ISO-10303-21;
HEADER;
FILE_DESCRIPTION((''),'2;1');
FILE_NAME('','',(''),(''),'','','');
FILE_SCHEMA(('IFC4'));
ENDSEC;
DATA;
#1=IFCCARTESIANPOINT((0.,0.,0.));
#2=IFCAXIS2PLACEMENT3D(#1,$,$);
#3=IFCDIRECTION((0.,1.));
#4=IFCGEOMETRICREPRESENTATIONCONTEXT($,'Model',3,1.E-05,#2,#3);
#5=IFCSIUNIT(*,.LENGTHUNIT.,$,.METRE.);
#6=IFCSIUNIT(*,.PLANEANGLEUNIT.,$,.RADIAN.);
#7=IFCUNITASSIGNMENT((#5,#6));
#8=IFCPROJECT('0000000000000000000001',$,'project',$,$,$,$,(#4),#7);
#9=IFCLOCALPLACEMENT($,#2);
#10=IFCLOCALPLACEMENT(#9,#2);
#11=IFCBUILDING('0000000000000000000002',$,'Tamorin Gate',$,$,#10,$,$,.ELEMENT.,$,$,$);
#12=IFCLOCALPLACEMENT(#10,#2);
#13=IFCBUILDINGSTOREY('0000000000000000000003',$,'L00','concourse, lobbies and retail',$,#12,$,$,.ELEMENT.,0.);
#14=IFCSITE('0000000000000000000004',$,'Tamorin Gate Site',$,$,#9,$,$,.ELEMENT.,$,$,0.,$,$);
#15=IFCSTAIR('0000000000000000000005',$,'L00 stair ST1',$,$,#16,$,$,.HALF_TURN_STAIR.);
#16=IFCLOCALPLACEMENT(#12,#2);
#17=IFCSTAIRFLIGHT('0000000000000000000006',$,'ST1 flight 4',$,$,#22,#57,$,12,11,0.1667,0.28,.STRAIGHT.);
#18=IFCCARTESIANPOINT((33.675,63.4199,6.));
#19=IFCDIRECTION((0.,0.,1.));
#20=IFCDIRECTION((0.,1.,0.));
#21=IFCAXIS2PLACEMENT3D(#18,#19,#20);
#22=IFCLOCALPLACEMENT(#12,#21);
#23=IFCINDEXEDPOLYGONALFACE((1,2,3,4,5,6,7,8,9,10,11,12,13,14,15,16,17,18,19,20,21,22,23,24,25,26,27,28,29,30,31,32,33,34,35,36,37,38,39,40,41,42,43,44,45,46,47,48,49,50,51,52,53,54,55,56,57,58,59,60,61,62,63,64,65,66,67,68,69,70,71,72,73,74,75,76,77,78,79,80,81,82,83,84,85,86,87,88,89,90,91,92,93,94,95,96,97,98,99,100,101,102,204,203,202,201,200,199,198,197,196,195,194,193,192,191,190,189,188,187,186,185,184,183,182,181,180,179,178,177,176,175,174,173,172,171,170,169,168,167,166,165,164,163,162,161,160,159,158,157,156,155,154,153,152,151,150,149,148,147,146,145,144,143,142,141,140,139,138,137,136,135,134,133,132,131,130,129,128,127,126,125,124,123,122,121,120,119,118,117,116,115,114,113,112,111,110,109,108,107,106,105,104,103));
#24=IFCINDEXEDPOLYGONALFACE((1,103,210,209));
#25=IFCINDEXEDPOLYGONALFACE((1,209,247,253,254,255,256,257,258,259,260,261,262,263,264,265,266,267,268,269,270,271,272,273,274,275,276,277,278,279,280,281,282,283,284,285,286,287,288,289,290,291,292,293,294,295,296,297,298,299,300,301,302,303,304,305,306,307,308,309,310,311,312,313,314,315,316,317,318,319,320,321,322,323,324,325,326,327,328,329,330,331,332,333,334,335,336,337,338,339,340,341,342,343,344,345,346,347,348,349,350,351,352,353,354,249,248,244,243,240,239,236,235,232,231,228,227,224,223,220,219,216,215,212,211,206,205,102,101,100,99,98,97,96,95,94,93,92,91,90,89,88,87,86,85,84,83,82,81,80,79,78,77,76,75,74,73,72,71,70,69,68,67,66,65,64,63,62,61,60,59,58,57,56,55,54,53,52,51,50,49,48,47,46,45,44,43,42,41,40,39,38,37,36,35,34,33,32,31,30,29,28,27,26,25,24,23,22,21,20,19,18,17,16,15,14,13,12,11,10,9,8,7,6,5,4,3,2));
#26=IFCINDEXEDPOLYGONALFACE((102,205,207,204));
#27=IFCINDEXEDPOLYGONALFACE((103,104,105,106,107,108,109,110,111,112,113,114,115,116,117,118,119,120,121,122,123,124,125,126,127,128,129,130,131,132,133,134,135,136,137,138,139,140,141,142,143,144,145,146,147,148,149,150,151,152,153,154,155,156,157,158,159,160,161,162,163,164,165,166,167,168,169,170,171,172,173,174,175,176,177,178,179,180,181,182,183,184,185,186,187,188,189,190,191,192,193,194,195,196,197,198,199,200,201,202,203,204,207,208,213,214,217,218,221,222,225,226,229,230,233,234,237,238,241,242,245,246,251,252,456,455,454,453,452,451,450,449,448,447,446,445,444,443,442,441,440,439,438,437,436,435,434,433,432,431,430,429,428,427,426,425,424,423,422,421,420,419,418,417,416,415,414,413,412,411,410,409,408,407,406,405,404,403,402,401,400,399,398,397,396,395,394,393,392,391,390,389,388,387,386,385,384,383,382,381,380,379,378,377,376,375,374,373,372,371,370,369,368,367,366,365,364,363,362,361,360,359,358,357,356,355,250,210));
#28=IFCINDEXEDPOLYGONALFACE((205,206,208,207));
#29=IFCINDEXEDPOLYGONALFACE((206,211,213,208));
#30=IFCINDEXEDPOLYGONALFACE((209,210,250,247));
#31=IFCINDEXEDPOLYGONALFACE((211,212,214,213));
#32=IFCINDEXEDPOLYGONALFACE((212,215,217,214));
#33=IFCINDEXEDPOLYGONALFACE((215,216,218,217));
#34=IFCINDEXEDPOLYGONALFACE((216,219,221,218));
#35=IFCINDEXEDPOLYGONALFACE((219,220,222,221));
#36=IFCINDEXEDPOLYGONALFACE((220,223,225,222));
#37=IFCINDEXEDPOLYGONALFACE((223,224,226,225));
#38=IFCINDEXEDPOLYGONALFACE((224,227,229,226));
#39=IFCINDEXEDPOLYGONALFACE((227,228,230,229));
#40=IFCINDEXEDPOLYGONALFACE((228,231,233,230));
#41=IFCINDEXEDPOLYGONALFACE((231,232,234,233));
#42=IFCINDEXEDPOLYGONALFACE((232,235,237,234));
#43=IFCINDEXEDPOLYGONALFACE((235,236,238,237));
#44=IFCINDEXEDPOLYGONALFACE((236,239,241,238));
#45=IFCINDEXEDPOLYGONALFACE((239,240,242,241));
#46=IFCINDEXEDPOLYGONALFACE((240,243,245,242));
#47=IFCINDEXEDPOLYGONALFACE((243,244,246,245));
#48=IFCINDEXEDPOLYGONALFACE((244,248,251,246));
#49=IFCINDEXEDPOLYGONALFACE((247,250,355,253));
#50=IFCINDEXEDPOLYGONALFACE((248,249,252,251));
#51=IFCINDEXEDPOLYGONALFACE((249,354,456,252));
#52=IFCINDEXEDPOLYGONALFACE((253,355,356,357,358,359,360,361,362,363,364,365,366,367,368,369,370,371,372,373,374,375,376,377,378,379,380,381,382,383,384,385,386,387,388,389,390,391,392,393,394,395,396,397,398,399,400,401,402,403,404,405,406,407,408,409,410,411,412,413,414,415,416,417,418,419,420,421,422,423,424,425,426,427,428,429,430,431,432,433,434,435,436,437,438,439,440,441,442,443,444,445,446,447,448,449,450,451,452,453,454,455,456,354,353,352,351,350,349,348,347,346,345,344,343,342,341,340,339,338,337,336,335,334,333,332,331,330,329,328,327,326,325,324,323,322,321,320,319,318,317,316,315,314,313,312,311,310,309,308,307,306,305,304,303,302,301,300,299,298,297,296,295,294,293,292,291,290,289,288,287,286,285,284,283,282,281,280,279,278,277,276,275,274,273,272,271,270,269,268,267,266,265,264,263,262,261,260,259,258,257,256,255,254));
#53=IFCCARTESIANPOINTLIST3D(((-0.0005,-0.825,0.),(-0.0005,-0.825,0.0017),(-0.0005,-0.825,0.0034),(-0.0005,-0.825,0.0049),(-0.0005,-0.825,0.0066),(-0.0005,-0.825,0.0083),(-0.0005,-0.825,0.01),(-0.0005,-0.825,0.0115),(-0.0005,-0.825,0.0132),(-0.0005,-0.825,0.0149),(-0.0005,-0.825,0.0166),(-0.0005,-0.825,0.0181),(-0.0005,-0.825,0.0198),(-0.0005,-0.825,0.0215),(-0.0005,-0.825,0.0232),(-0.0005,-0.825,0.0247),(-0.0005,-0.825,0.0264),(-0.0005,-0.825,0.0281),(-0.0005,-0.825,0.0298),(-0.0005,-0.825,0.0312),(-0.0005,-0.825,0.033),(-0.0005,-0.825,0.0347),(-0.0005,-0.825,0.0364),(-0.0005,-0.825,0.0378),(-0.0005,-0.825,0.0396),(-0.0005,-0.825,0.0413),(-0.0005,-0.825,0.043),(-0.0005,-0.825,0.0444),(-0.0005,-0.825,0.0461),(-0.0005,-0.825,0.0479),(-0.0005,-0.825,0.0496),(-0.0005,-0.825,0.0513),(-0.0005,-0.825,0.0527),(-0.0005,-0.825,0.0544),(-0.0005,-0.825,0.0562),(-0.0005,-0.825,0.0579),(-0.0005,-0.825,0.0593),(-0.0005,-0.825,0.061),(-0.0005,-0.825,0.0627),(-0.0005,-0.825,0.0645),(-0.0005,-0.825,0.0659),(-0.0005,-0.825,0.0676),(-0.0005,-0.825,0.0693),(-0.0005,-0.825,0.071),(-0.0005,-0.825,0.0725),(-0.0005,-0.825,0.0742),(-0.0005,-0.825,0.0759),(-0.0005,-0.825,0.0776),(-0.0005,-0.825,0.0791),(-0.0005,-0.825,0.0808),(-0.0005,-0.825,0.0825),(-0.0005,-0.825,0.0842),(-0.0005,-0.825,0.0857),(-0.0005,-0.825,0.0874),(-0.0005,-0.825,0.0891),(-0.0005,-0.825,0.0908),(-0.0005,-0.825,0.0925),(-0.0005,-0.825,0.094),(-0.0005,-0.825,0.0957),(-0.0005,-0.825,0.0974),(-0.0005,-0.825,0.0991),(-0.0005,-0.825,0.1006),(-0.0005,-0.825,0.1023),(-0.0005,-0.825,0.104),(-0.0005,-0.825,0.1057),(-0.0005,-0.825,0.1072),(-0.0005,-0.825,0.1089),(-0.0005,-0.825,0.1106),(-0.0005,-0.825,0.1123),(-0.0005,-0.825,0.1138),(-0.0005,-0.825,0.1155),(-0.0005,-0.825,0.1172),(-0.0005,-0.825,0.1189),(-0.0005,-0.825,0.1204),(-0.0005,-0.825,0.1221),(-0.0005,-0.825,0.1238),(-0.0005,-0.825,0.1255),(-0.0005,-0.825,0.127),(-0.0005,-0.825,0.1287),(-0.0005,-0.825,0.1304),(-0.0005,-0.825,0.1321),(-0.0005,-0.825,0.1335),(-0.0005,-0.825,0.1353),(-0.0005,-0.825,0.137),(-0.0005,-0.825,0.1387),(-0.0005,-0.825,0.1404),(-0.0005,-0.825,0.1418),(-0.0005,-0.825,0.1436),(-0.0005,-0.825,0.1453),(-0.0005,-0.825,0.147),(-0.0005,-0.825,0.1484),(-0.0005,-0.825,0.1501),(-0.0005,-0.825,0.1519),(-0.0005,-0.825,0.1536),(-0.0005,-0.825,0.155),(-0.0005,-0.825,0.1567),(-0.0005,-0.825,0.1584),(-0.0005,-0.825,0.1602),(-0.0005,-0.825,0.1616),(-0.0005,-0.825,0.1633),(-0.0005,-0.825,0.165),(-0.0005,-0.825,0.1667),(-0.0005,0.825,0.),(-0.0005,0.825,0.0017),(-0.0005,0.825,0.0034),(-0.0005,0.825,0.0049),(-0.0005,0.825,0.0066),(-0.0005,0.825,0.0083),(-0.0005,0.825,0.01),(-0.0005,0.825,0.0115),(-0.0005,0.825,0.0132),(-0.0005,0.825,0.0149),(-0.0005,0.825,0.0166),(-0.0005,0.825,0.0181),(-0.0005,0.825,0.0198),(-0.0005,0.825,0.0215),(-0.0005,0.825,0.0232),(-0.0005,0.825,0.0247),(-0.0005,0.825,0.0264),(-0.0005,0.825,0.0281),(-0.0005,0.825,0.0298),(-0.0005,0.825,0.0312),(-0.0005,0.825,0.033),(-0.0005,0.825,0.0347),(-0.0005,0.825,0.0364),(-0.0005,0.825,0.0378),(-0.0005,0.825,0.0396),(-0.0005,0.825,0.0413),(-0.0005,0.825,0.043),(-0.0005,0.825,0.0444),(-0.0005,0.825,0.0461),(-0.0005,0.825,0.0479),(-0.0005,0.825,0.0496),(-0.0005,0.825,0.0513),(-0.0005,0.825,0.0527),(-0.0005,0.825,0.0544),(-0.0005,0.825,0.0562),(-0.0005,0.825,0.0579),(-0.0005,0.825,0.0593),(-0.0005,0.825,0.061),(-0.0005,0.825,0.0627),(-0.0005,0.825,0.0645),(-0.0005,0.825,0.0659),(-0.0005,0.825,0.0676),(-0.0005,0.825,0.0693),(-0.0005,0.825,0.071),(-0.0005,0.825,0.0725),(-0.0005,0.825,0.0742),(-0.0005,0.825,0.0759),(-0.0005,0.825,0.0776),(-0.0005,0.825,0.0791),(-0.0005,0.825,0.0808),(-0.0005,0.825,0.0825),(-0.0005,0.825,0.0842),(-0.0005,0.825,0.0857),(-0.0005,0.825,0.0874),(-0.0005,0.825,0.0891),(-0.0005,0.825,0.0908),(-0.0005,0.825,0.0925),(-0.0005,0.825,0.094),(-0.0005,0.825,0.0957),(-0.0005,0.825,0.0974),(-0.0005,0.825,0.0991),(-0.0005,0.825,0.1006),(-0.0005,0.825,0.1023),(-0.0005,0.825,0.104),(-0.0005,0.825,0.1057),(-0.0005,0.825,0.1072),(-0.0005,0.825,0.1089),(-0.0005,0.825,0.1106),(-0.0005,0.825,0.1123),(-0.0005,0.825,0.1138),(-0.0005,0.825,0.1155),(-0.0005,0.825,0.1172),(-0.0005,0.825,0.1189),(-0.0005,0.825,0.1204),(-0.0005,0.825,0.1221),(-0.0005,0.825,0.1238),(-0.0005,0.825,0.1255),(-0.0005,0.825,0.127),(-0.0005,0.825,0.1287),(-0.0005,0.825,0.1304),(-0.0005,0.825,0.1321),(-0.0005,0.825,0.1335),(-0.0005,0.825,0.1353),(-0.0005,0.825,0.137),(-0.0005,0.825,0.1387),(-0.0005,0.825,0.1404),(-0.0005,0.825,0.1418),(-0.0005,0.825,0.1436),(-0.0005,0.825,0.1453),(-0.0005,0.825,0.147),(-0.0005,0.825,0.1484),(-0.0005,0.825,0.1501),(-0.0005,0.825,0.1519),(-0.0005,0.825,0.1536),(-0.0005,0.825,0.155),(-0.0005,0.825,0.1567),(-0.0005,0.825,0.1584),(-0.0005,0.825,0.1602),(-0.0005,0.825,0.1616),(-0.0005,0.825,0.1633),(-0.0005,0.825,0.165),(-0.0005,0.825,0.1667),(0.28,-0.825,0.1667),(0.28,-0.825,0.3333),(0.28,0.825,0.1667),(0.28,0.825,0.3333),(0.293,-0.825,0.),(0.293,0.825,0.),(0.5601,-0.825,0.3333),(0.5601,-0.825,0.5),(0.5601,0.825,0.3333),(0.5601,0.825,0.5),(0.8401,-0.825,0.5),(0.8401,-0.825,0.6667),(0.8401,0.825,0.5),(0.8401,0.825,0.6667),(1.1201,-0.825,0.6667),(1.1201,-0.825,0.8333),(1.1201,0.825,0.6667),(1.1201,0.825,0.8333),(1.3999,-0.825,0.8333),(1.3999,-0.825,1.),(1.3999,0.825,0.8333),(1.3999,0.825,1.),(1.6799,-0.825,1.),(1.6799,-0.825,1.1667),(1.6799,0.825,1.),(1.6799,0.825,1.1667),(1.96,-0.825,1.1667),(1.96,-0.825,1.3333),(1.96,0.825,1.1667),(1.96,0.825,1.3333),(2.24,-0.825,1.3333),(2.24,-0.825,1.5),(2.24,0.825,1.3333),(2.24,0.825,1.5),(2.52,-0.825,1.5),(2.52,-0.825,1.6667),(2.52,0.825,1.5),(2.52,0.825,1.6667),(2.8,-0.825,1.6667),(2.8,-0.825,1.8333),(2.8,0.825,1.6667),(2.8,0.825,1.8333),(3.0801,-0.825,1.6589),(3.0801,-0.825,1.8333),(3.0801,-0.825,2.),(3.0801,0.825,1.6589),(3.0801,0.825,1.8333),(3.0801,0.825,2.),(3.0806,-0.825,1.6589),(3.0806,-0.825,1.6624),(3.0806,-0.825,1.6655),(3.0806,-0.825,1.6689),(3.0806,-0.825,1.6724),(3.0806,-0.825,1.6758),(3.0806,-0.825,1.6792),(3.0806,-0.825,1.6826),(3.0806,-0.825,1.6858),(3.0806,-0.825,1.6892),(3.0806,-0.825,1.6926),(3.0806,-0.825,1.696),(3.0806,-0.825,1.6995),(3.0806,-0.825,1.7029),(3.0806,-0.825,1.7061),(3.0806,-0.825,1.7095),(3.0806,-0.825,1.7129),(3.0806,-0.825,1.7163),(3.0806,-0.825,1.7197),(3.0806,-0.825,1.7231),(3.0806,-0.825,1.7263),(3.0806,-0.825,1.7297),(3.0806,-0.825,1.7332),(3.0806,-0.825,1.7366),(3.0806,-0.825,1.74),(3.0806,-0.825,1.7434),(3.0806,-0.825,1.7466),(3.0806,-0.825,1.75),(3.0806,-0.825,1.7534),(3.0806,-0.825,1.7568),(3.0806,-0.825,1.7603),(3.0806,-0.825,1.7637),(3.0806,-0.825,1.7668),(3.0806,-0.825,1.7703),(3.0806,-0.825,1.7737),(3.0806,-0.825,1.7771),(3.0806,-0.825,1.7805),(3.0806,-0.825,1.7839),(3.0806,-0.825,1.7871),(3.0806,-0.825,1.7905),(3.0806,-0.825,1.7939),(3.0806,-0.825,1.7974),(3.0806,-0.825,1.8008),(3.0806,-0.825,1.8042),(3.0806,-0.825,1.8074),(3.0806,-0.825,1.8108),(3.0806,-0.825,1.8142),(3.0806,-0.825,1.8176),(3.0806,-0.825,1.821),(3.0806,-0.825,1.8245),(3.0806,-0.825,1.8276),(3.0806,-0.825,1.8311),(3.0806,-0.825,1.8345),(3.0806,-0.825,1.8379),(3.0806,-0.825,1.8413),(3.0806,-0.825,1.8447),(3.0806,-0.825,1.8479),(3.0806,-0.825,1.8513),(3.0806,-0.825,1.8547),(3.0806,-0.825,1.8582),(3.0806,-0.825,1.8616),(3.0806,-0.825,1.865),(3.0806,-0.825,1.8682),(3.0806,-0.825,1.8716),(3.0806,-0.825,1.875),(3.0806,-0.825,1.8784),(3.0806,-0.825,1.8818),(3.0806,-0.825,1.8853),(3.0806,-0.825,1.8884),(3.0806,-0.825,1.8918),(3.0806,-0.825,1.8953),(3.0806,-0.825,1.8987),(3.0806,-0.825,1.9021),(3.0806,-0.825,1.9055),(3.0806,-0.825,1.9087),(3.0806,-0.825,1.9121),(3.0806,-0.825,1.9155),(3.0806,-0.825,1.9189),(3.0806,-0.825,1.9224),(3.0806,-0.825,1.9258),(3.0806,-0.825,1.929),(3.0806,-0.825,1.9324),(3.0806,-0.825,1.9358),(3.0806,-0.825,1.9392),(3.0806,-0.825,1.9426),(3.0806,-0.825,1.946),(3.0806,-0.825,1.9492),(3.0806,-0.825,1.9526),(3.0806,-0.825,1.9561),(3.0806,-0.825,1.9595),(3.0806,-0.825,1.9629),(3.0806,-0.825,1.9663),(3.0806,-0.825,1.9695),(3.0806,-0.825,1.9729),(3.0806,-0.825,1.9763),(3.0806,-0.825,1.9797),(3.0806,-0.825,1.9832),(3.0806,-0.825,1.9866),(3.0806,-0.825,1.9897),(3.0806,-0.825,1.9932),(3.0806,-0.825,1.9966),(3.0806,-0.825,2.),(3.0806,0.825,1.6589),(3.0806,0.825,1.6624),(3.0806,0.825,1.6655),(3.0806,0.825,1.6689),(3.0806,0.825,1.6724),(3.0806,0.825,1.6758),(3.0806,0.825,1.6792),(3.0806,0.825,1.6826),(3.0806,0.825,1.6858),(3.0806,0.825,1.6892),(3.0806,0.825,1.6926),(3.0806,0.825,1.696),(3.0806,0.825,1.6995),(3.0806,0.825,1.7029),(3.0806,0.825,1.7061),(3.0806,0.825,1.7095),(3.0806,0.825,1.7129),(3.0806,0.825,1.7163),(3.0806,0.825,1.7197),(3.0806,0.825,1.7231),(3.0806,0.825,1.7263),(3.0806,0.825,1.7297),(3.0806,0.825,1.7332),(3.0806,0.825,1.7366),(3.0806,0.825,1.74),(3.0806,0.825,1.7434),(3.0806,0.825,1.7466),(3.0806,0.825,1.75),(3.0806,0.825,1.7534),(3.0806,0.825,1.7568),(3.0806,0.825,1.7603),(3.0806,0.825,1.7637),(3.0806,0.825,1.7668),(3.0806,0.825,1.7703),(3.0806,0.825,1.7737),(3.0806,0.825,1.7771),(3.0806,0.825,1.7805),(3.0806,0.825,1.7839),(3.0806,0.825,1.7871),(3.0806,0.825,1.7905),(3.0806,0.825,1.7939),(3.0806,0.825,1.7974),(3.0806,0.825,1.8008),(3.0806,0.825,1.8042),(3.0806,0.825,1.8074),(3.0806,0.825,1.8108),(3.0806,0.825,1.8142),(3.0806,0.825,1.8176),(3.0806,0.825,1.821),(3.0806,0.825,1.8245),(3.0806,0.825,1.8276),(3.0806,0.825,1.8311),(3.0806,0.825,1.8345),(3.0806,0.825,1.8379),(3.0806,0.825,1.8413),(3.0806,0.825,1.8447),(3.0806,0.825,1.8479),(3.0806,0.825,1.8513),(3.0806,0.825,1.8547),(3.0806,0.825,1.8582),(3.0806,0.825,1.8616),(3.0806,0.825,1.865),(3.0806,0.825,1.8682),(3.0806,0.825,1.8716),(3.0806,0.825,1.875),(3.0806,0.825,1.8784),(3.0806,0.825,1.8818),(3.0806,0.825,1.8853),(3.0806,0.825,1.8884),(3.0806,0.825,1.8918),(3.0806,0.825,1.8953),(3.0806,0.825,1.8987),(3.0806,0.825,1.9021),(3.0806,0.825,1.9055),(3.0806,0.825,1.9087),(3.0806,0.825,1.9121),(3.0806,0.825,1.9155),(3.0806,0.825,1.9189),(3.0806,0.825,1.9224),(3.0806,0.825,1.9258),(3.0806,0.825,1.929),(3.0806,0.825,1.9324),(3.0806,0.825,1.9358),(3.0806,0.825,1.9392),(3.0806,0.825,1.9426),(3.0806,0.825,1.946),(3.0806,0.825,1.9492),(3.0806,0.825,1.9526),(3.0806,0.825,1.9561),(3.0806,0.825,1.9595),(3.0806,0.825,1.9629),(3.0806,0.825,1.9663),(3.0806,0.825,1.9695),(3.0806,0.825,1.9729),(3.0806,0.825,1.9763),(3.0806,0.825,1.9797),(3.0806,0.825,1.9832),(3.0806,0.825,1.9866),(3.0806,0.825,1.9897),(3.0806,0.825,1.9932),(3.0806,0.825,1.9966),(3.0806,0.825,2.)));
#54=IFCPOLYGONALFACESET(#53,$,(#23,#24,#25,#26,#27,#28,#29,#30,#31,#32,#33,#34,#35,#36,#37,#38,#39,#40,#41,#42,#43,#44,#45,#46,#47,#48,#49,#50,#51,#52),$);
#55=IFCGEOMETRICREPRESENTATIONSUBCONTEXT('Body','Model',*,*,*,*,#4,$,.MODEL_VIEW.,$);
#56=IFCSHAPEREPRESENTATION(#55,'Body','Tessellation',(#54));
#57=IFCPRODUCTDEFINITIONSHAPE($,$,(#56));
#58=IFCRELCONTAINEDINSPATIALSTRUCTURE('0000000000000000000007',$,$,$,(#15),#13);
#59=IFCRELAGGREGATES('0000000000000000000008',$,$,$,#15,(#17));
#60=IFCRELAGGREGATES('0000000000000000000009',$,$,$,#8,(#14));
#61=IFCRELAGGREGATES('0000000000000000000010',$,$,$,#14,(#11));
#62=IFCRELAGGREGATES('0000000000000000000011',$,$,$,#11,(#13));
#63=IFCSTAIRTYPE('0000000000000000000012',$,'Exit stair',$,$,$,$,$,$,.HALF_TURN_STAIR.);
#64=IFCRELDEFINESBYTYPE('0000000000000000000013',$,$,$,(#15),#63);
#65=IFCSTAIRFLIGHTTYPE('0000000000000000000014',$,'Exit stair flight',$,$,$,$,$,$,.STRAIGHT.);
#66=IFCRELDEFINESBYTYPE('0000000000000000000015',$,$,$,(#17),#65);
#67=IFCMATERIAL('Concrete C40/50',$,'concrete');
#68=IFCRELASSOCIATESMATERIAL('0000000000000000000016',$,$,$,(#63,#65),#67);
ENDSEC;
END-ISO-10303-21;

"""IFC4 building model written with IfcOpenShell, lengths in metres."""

from ifc_helpers import new_model, si_unit, direction, frame, origin, place, context, subcontext, project, spatial, polyline, outline, extrude, material, type_object, element, aggregate, save


model = new_model("IFC4")

# Units and contexts
model_context = context("Model", 3, precision=1e-05, world=origin(), true_north=direction((0.0, 1.0)))
body_context = subcontext(model_context, "Body", "Model", "MODEL_VIEW")
ifc_project = project(units=[si_unit("LENGTHUNIT", "METRE"), si_unit("PLANEANGLEUNIT", "RADIAN")], contexts=[model_context])

# Site, building, storey
site_placement = place(None, origin())
site = spatial("IfcSite", under=ifc_project, at=site_placement, Name="Tamorin Gate Site", CompositionType="ELEMENT", RefElevation=0.0)
building_placement = place(site_placement, origin())
building = spatial("IfcBuilding", under=site, at=building_placement, Name="Tamorin Gate", CompositionType="ELEMENT")
storey_placement = place(building_placement, origin())
storey = spatial("IfcBuildingStorey", under=building, at=storey_placement, Name="L00", Description="concourse, lobbies and retail", CompositionType="ELEMENT", Elevation=0.0)

# Stair, stair flight
ifc_material_1 = material(Name="Concrete C40/50", Category="concrete")
stair_type = type_object("IfcStairType", Name="Exit stair", PredefinedType="HALF_TURN_STAIR", material=ifc_material_1)
stair_placement = place(storey_placement, origin())
stair = element("IfcStair", 1, at=stair_placement, inside=storey, type_object=stair_type, Name="L00 stair ST1", PredefinedType="HALF_TURN_STAIR")
stair_flight_type = type_object("IfcStairFlightType", Name="Exit stair flight", PredefinedType="STRAIGHT", material=ifc_material_1)
stair_flight_placement = place(storey_placement, frame((33.675, 63.4199, 6.0), z_axis=(0.0, 0.0, 1.0), x_axis=(0.0, 1.0, 0.0)))
stair_flight = element("IfcStairFlight", 2, at=stair_flight_placement, type_object=stair_flight_type, Name="ST1 flight 4", NumberOfRisers=12, NumberOfTreads=11, PredefinedType="STRAIGHT", RiserHeight=0.1667, TreadLength=0.28, context=body_context, shape_type="SweptSolid", body=[
    extrude(outline(polyline([(-0.0005, 0.0), (-0.0005, 0.0017), (-0.0005, 0.0034), (-0.0005, 0.0049), (-0.0005, 0.0066), (-0.0005, 0.0083), (-0.0005, 0.01), (-0.0005, 0.0115), (-0.0005, 0.0132), (-0.0005, 0.0149), (-0.0005, 0.0166), (-0.0005, 0.0181), (-0.0005, 0.0198), (-0.0005, 0.0215), (-0.0005, 0.0232), (-0.0005, 0.0247), (-0.0005, 0.0264), (-0.0005, 0.0281), (-0.0005, 0.0298), (-0.0005, 0.0312), (-0.0005, 0.033), (-0.0005, 0.0347), (-0.0005, 0.0364), (-0.0005, 0.0378), (-0.0005, 0.0396), (-0.0005, 0.0413), (-0.0005, 0.043), (-0.0005, 0.0444), (-0.0005, 0.0461), (-0.0005, 0.0479), (-0.0005, 0.0496), (-0.0005, 0.0513), (-0.0005, 0.0527), (-0.0005, 0.0544), (-0.0005, 0.0562), (-0.0005, 0.0579), (-0.0005, 0.0593), (-0.0005, 0.061), (-0.0005, 0.0627), (-0.0005, 0.0645), (-0.0005, 0.0659), (-0.0005, 0.0676), (-0.0005, 0.0693), (-0.0005, 0.071), (-0.0005, 0.0725), (-0.0005, 0.0742), (-0.0005, 0.0759), (-0.0005, 0.0776), (-0.0005, 0.0791), (-0.0005, 0.0808), (-0.0005, 0.0825), (-0.0005, 0.0842), (-0.0005, 0.0857), (-0.0005, 0.0874), (-0.0005, 0.0891), (-0.0005, 0.0908), (-0.0005, 0.0925), (-0.0005, 0.094), (-0.0005, 0.0957), (-0.0005, 0.0974), (-0.0005, 0.0991), (-0.0005, 0.1006), (-0.0005, 0.1023), (-0.0005, 0.104), (-0.0005, 0.1057), (-0.0005, 0.1072), (-0.0005, 0.1089), (-0.0005, 0.1106), (-0.0005, 0.1123), (-0.0005, 0.1138), (-0.0005, 0.1155), (-0.0005, 0.1172), (-0.0005, 0.1189), (-0.0005, 0.1204), (-0.0005, 0.1221), (-0.0005, 0.1238), (-0.0005, 0.1255), (-0.0005, 0.127), (-0.0005, 0.1287), (-0.0005, 0.1304), (-0.0005, 0.1321), (-0.0005, 0.1335), (-0.0005, 0.1353), (-0.0005, 0.137), (-0.0005, 0.1387), (-0.0005, 0.1404), (-0.0005, 0.1418), (-0.0005, 0.1436), (-0.0005, 0.1453), (-0.0005, 0.147), (-0.0005, 0.1484), (-0.0005, 0.1501), (-0.0005, 0.1519), (-0.0005, 0.1536), (-0.0005, 0.155), (-0.0005, 0.1567), (-0.0005, 0.1584), (-0.0005, 0.1602), (-0.0005, 0.1616), (-0.0005, 0.1633), (-0.0005, 0.165), (-0.0005, 0.1667), (0.28, 0.1667), (0.28, 0.3333), (0.5601, 0.3333), (0.5601, 0.5), (0.8401, 0.5), (0.8401, 0.6667), (1.1201, 0.6667), (1.1201, 0.8333), (1.3999, 0.8333), (1.3999, 1.0), (1.6799, 1.0), (1.6799, 1.1667), (1.96, 1.1667), (1.96, 1.3333), (2.24, 1.3333), (2.24, 1.5), (2.52, 1.5), (2.52, 1.6667), (2.8, 1.6667), (2.8, 1.8333), (3.0801, 1.8333), (3.0801, 2.0), (3.0806, 2.0), (3.0806, 1.9966), (3.0806, 1.9932), (3.0806, 1.9897), (3.0806, 1.9866), (3.0806, 1.9832), (3.0806, 1.9797), (3.0806, 1.9763), (3.0806, 1.9729), (3.0806, 1.9695), (3.0806, 1.9663), (3.0806, 1.9629), (3.0806, 1.9595), (3.0806, 1.9561), (3.0806, 1.9526), (3.0806, 1.9492), (3.0806, 1.946), (3.0806, 1.9426), (3.0806, 1.9392), (3.0806, 1.9358), (3.0806, 1.9324), (3.0806, 1.929), (3.0806, 1.9258), (3.0806, 1.9224), (3.0806, 1.9189), (3.0806, 1.9155), (3.0806, 1.9121), (3.0806, 1.9087), (3.0806, 1.9055), (3.0806, 1.9021), (3.0806, 1.8987), (3.0806, 1.8953), (3.0806, 1.8918), (3.0806, 1.8884), (3.0806, 1.8853), (3.0806, 1.8818), (3.0806, 1.8784), (3.0806, 1.875), (3.0806, 1.8716), (3.0806, 1.8682), (3.0806, 1.865), (3.0806, 1.8616), (3.0806, 1.8582), (3.0806, 1.8547), (3.0806, 1.8513), (3.0806, 1.8479), (3.0806, 1.8447), (3.0806, 1.8413), (3.0806, 1.8379), (3.0806, 1.8345), (3.0806, 1.8311), (3.0806, 1.8276), (3.0806, 1.8245), (3.0806, 1.821), (3.0806, 1.8176), (3.0806, 1.8142), (3.0806, 1.8108), (3.0806, 1.8074), (3.0806, 1.8042), (3.0806, 1.8008), (3.0806, 1.7974), (3.0806, 1.7939), (3.0806, 1.7905), (3.0806, 1.7871), (3.0806, 1.7839), (3.0806, 1.7805), (3.0806, 1.7771), (3.0806, 1.7737), (3.0806, 1.7703), (3.0806, 1.7668), (3.0806, 1.7637), (3.0806, 1.7603), (3.0806, 1.7568), (3.0806, 1.7534), (3.0806, 1.75), (3.0806, 1.7466), (3.0806, 1.7434), (3.0806, 1.74), (3.0806, 1.7366), (3.0806, 1.7332), (3.0806, 1.7297), (3.0806, 1.7263), (3.0806, 1.7231), (3.0806, 1.7197), (3.0806, 1.7163), (3.0806, 1.7129), (3.0806, 1.7095), (3.0806, 1.7061), (3.0806, 1.7029), (3.0806, 1.6995), (3.0806, 1.696), (3.0806, 1.6926), (3.0806, 1.6892), (3.0806, 1.6858), (3.0806, 1.6826), (3.0806, 1.6792), (3.0806, 1.6758), (3.0806, 1.6724), (3.0806, 1.6689), (3.0806, 1.6655), (3.0806, 1.6624), (3.0806, 1.6589), (3.0801, 1.6589), (0.293, 0.0), (-0.0005, 0.0)])), frame((0.0, 0.825, 0.0), z_axis=(0.0, -1.0, 0.0), x_axis=(1.0, 0.0, 0.0)), (0.0, 0.0, 1.0), 1.6499),
])
aggregate(stair, [stair_flight])

save(model, "model.ifc")
